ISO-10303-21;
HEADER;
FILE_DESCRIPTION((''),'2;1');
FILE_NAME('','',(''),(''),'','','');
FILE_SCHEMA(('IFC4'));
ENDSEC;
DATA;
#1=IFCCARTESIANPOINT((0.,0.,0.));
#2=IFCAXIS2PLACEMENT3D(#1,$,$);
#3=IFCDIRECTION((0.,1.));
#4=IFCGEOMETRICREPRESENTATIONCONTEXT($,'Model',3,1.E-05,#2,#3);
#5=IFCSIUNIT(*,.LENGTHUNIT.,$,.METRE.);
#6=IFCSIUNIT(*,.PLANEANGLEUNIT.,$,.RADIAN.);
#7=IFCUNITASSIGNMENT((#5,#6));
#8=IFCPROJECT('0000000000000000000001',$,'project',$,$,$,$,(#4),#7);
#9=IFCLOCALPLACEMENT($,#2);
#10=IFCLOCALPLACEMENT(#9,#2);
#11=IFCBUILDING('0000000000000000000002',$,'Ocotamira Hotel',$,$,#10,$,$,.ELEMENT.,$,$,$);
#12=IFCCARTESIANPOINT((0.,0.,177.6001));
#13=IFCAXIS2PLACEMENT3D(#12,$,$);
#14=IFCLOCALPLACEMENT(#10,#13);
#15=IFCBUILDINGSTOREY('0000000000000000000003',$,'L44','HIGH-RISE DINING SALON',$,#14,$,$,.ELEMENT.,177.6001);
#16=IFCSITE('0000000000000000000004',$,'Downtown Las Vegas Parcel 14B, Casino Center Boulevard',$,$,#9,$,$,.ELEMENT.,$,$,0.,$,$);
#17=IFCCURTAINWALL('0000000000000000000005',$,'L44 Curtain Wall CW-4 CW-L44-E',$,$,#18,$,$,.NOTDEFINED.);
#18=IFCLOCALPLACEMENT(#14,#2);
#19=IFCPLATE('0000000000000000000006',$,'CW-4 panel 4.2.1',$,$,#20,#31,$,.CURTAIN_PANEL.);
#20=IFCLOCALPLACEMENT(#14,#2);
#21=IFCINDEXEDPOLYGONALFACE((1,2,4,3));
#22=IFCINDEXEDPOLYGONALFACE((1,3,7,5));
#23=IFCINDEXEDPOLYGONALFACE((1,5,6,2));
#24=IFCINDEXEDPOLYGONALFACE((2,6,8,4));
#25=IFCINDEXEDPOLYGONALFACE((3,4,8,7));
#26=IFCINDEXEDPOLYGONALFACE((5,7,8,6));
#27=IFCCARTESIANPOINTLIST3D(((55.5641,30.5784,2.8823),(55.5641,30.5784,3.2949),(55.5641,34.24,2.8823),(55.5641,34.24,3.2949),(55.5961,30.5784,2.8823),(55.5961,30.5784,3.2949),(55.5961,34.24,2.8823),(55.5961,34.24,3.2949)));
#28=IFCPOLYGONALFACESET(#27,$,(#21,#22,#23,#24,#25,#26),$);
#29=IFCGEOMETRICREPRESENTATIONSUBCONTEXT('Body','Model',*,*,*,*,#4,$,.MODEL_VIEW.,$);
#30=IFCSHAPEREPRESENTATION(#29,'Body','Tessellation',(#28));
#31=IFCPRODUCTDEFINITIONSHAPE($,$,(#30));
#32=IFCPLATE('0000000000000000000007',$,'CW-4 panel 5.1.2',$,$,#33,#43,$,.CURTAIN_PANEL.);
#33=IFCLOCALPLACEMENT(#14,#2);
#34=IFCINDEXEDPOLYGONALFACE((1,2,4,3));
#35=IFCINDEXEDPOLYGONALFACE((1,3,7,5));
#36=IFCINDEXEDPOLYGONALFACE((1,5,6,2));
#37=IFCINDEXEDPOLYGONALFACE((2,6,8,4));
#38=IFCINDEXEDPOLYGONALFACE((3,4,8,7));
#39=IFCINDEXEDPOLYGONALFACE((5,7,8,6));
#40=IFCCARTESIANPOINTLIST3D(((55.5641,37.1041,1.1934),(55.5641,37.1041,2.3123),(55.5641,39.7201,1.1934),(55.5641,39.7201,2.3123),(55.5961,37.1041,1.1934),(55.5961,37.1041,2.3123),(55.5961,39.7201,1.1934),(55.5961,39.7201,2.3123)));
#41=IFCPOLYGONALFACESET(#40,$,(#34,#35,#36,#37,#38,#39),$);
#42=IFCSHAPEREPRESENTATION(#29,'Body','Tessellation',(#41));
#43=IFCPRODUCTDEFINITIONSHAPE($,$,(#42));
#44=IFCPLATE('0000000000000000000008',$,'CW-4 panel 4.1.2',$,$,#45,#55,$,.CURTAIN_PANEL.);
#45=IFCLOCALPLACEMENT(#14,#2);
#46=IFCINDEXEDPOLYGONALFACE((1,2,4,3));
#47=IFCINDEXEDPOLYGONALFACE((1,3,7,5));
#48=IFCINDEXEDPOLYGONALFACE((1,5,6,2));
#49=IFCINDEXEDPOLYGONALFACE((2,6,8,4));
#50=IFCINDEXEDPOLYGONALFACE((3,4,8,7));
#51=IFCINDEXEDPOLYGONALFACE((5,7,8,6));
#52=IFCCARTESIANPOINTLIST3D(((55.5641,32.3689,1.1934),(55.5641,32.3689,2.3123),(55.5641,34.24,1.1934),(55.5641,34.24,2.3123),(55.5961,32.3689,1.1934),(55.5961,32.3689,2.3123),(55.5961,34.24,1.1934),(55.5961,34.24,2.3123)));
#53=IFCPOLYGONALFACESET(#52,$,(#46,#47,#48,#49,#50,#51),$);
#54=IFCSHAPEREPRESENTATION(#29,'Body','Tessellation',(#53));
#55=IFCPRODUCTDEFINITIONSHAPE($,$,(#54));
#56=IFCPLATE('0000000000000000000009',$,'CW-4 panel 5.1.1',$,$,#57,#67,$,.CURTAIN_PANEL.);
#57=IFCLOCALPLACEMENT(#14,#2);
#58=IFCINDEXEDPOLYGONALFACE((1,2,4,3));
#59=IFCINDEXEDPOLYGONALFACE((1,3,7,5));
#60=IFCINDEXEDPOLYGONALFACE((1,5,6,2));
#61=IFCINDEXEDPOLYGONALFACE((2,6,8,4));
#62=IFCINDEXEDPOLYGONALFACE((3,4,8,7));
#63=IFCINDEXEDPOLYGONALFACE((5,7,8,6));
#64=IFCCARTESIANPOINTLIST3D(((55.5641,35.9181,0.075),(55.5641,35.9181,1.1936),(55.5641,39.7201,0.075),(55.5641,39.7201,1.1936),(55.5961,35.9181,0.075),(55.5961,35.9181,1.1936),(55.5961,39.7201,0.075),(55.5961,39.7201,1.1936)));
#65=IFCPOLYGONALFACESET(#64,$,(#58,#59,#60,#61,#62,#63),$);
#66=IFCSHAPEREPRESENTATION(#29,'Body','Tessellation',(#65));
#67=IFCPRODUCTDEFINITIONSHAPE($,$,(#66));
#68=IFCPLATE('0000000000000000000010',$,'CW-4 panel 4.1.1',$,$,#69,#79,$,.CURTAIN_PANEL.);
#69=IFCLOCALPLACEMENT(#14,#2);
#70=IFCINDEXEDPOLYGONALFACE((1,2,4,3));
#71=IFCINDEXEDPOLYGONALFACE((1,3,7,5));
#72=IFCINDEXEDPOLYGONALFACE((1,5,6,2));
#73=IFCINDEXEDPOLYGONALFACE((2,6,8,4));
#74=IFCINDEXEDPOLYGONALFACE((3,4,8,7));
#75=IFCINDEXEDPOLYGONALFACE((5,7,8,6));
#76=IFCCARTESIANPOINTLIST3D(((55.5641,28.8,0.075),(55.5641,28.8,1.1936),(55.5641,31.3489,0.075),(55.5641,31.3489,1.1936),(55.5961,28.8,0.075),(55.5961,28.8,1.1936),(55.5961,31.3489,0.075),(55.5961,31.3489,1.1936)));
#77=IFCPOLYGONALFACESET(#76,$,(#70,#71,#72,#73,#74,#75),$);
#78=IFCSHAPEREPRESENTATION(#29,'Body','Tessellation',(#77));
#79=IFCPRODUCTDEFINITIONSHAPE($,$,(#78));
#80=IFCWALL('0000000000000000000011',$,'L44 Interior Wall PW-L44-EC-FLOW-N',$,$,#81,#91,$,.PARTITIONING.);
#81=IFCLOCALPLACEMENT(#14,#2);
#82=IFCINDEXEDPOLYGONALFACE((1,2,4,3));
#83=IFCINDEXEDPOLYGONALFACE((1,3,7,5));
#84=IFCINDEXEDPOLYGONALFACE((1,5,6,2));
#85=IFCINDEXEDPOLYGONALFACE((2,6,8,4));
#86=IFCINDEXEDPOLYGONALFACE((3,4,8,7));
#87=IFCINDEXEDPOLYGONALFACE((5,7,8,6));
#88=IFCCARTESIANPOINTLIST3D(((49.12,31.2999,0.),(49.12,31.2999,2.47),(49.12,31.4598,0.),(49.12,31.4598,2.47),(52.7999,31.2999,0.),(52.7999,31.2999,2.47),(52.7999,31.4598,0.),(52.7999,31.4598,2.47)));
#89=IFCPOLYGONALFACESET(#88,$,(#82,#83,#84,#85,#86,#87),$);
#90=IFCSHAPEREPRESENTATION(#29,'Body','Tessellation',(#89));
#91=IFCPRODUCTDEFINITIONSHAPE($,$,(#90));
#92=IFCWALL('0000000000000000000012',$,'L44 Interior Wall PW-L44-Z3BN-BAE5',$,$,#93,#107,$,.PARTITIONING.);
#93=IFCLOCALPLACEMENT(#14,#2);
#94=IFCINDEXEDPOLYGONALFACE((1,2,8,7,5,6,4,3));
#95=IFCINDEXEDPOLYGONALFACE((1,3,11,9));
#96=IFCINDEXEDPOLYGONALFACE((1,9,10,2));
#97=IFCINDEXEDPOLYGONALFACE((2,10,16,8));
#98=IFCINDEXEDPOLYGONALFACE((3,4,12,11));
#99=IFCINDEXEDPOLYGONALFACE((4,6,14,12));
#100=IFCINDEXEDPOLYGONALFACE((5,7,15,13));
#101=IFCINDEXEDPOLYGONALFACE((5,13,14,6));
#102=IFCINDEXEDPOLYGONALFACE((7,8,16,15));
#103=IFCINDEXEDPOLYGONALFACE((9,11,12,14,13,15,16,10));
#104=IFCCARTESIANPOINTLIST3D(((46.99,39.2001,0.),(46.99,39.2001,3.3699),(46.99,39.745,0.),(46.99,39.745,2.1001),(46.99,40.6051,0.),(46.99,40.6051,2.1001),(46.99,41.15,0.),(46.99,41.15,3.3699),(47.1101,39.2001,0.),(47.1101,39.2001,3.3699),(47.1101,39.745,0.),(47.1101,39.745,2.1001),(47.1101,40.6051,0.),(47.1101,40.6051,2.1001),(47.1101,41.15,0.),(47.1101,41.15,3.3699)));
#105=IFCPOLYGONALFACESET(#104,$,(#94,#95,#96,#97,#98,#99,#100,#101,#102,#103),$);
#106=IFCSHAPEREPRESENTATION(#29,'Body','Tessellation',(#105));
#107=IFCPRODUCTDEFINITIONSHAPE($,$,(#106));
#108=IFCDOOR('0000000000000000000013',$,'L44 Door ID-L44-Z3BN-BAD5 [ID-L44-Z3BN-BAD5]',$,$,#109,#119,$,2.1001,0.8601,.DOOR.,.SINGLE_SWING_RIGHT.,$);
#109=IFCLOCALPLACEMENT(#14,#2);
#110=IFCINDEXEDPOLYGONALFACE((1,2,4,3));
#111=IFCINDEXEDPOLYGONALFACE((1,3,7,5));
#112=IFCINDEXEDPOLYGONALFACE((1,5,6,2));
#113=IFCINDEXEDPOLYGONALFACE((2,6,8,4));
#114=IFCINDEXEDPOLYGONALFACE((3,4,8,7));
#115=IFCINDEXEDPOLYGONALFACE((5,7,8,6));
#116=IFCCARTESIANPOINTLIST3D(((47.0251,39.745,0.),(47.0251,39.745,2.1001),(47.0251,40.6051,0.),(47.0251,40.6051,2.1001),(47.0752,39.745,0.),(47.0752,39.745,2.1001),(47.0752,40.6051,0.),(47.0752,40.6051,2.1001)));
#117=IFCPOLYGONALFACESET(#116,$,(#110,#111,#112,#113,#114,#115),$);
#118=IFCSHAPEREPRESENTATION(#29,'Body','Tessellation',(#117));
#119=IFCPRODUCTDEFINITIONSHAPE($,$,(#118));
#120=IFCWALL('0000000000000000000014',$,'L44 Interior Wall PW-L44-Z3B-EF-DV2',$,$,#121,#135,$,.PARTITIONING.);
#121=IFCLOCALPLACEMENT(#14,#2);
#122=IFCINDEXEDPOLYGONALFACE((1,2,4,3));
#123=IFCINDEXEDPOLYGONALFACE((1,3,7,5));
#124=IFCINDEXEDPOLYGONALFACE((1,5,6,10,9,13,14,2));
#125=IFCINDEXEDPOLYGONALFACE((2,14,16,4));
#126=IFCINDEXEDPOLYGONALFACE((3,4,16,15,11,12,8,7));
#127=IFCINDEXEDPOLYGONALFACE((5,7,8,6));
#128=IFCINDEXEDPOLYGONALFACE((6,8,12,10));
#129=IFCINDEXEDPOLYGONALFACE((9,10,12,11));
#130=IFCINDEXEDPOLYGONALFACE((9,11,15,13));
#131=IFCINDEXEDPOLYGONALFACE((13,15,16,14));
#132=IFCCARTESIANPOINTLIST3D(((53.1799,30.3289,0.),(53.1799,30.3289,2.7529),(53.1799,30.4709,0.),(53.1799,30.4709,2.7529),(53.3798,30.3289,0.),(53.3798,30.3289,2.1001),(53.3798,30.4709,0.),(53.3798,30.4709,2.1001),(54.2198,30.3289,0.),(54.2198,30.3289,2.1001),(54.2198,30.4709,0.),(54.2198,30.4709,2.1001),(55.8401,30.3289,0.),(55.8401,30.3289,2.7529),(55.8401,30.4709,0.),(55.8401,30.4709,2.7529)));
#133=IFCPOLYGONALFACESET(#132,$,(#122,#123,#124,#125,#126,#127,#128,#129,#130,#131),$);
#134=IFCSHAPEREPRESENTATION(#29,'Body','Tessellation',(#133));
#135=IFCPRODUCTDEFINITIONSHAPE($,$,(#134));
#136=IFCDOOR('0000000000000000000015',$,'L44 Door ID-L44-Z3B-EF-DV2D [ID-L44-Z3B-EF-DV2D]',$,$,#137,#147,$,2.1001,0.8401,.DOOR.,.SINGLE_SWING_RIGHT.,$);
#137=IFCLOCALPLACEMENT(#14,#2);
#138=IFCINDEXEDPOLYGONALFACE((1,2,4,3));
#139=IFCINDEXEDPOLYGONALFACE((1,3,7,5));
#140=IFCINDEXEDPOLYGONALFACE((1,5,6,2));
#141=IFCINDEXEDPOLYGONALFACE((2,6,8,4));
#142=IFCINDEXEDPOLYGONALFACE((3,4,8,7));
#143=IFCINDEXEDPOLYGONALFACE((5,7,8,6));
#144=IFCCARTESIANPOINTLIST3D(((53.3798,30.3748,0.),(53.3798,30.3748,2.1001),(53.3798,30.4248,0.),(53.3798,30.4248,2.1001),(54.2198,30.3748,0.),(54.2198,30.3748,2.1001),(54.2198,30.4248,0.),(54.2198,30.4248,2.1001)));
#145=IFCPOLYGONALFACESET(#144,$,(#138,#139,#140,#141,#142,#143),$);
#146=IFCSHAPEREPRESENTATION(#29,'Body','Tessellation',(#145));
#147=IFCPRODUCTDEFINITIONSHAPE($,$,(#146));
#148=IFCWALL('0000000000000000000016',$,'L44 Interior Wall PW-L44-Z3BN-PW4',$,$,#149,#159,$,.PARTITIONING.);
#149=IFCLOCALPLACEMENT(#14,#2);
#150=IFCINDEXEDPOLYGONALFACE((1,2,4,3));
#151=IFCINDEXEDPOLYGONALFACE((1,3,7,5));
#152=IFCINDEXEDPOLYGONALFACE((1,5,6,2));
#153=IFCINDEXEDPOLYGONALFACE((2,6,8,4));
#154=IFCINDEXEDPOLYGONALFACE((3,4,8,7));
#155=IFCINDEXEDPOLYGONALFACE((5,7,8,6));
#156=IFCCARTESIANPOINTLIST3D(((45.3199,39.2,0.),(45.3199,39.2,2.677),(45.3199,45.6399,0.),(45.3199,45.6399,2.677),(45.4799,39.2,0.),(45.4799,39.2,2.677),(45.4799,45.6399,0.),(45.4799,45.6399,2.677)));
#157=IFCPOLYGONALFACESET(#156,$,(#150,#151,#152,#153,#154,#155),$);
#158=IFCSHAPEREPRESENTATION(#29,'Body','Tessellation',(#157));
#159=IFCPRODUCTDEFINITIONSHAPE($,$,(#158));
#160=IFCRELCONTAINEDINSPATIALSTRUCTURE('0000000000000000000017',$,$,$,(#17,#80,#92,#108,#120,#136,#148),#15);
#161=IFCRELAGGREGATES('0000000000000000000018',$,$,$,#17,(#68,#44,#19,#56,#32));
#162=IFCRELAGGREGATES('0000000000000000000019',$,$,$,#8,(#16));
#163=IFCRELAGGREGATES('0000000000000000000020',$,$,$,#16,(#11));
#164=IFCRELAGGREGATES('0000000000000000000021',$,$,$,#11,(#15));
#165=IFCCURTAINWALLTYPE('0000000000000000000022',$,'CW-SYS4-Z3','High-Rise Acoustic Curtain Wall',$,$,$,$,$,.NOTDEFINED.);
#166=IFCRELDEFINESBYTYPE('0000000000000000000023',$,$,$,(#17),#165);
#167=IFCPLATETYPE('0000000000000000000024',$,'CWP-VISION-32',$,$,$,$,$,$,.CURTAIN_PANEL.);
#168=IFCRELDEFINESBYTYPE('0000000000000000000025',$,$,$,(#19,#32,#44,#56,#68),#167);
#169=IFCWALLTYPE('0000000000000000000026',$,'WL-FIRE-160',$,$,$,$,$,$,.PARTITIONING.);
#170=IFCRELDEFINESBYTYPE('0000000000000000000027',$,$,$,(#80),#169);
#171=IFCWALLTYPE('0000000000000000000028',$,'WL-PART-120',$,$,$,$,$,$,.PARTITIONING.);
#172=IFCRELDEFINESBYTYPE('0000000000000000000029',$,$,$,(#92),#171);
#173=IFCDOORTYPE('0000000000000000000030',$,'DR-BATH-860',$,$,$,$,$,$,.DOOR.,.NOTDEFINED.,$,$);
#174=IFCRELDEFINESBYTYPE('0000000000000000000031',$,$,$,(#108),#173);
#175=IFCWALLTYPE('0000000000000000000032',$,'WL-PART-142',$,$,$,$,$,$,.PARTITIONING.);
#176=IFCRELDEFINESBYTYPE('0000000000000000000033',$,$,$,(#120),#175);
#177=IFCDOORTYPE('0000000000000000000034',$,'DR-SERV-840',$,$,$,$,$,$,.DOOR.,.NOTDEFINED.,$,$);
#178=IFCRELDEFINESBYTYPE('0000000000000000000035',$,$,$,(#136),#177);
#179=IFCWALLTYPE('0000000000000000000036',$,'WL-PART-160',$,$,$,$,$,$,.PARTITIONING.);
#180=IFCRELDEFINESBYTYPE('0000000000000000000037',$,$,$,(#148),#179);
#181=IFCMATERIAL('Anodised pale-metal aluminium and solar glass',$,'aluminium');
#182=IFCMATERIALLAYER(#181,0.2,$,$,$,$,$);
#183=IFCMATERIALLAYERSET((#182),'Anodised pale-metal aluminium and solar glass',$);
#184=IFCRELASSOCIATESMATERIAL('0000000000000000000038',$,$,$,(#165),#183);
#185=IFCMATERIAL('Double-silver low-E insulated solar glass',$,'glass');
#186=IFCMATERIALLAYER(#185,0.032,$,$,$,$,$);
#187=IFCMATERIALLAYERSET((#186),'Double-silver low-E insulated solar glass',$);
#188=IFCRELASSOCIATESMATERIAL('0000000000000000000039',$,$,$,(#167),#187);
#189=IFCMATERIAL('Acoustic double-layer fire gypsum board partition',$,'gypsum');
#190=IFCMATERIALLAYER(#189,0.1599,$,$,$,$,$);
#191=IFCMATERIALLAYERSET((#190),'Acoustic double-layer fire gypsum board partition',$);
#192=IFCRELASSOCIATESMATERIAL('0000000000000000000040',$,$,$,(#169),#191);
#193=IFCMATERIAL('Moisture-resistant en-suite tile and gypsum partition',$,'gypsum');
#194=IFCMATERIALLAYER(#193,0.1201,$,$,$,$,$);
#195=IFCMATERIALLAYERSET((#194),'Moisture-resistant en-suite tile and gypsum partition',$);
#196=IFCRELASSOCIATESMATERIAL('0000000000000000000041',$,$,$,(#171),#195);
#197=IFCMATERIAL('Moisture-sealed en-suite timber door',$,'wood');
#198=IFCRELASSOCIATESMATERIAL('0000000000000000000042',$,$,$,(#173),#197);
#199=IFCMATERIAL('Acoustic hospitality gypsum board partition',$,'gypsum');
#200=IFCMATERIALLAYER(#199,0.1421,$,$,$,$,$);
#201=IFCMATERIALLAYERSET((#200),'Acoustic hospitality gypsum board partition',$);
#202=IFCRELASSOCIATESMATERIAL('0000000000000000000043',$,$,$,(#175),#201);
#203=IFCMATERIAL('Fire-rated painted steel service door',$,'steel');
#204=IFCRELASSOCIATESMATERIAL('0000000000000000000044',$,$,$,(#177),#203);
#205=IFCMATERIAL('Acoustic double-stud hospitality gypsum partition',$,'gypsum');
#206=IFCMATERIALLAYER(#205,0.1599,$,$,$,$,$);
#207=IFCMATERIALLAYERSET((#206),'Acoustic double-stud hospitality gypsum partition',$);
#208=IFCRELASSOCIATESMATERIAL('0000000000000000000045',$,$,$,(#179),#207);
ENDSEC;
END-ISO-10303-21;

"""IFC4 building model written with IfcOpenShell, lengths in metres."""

from ifc_helpers import new_model, si_unit, direction, frame, frame_2d, origin, origin_2d, place, context, subcontext, project, spatial, rectangle, extrude, source, transform, mapped, material, layer, layer_set, type_object, element, fill, aggregate, save


model = new_model("IFC4")

# Units and contexts
model_context = context("Model", 3, precision=1e-05, world=origin(), true_north=direction((0.0, 1.0)))
body_context = subcontext(model_context, "Body", "Model", "MODEL_VIEW")
ifc_project = project(units=[si_unit("LENGTHUNIT", "METRE"), si_unit("PLANEANGLEUNIT", "RADIAN")], contexts=[model_context])

# Site, building, storey
site_placement = place(None, origin())
site = spatial("IfcSite", under=ifc_project, at=site_placement, Name="Downtown Las Vegas Parcel 14B, Casino Center Boulevard", CompositionType="ELEMENT", RefElevation=0.0)
building_placement = place(site_placement, origin())
building = spatial("IfcBuilding", under=site, at=building_placement, Name="Ocotamira Hotel", CompositionType="ELEMENT")
storey_placement = place(building_placement, frame((0.0, 0.0, 177.6001)))
storey = spatial("IfcBuildingStorey", under=building, at=storey_placement, Name="L44", Description="HIGH-RISE DINING SALON", CompositionType="ELEMENT", Elevation=177.6001)

# Curtain wall
ifc_material_1 = material(Name="Anodised pale-metal aluminium and solar glass", Category="aluminium")
ifc_layer_1 = layer(ifc_material_1, 0.2)
ifc_layer_set_1 = layer_set([ifc_layer_1], Name="Anodised pale-metal aluminium and solar glass")
curtain_wall_type = type_object("IfcCurtainWallType", Name="CW-SYS4-Z3", Description="High-Rise Acoustic Curtain Wall", PredefinedType="NOTDEFINED", material=ifc_layer_set_1)
curtain_wall_placement = place(storey_placement, origin())
curtain_wall = element("IfcCurtainWall", 1, at=curtain_wall_placement, inside=storey, type_object=curtain_wall_type, Name="L44 Curtain Wall CW-4 CW-L44-E", PredefinedType="NOTDEFINED")

# Plates
ifc_material_2 = material(Name="Double-silver low-E insulated solar glass", Category="glass")
ifc_layer_2 = layer(ifc_material_2, 0.032)
ifc_layer_set_2 = layer_set([ifc_layer_2], Name="Double-silver low-E insulated solar glass")
plate_type_1 = type_object("IfcPlateType", Name="CWP-VISION-32", PredefinedType="CURTAIN_PANEL", material=ifc_layer_set_2)
shared_shape_1 = source(origin(), body_context, "Body", "SweptSolid", [
    extrude(rectangle(XDim=3.6616, YDim=0.032, at=origin_2d()), origin(), (0.0, 0.0, 1.0), 0.4126),
])
plate_1_placement = place(storey_placement, frame((55.5801, 32.4092, 2.8823), z_axis=(0.0, 0.0, 1.0), x_axis=(0.0, 1.0, 0.0)))
plate_1 = element("IfcPlate", 2, at=plate_1_placement, type_object=plate_type_1, Name="CW-4 panel 4.2.1", PredefinedType="CURTAIN_PANEL", context=body_context, shape_type="MappedRepresentation", body=[
    mapped(shared_shape_1, transform((0.0, 0.0, 0.0), scale=1.0)),
])
shared_shape_2 = source(origin(), body_context, "Body", "SweptSolid", [
    extrude(rectangle(XDim=2.616, YDim=0.032, at=origin_2d()), origin(), (0.0, 0.0, 1.0), 1.1189),
])
plate_2_placement = place(storey_placement, frame((55.5801, 38.4121, 1.1934), z_axis=(0.0, 0.0, 1.0), x_axis=(0.0, 1.0, 0.0)))
plate_2 = element("IfcPlate", 3, at=plate_2_placement, type_object=plate_type_1, Name="CW-4 panel 5.1.2", PredefinedType="CURTAIN_PANEL", context=body_context, shape_type="MappedRepresentation", body=[
    mapped(shared_shape_2, transform((0.0, 0.0, 0.0), scale=1.0)),
])
shared_shape_3 = source(origin(), body_context, "Body", "SweptSolid", [
    extrude(rectangle(XDim=1.8711, YDim=0.032, at=origin_2d()), origin(), (0.0, 0.0, 1.0), 1.1189),
])
plate_3_placement = place(storey_placement, frame((55.5801, 33.3044, 1.1934), z_axis=(0.0, 0.0, 1.0), x_axis=(0.0, 1.0, 0.0)))
plate_3 = element("IfcPlate", 4, at=plate_3_placement, type_object=plate_type_1, Name="CW-4 panel 4.1.2", PredefinedType="CURTAIN_PANEL", context=body_context, shape_type="MappedRepresentation", body=[
    mapped(shared_shape_3, transform((0.0, 0.0, 0.0), scale=1.0)),
])
shared_shape_4 = source(origin(), body_context, "Body", "SweptSolid", [
    extrude(rectangle(XDim=3.802, YDim=0.032, at=origin_2d()), origin(), (0.0, 0.0, 1.0), 1.1187),
])
plate_4_placement = place(storey_placement, frame((55.5801, 37.8191, 0.075), z_axis=(0.0, 0.0, 1.0), x_axis=(0.0, 1.0, 0.0)))
plate_4 = element("IfcPlate", 5, at=plate_4_placement, type_object=plate_type_1, Name="CW-4 panel 5.1.1", PredefinedType="CURTAIN_PANEL", context=body_context, shape_type="MappedRepresentation", body=[
    mapped(shared_shape_4, transform((0.0, 0.0, 0.0), scale=1.0)),
])
shared_shape_5 = source(origin(), body_context, "Body", "SweptSolid", [
    extrude(rectangle(XDim=2.5488, YDim=0.032, at=origin_2d()), origin(), (0.0, 0.0, 1.0), 1.1187),
])
plate_5_placement = place(storey_placement, frame((55.5801, 30.0745, 0.075), z_axis=(0.0, 0.0, 1.0), x_axis=(0.0, 1.0, 0.0)))
plate_5 = element("IfcPlate", 6, at=plate_5_placement, type_object=plate_type_1, Name="CW-4 panel 4.1.1", PredefinedType="CURTAIN_PANEL", context=body_context, shape_type="MappedRepresentation", body=[
    mapped(shared_shape_5, transform((0.0, 0.0, 0.0), scale=1.0)),
])
aggregate(curtain_wall, [plate_5, plate_3, plate_1, plate_4, plate_2])

# Wall
ifc_material_3 = material(Name="Acoustic double-layer fire gypsum board partition", Category="gypsum")
ifc_layer_3 = layer(ifc_material_3, 0.1599)
ifc_layer_set_3 = layer_set([ifc_layer_3], Name="Acoustic double-layer fire gypsum board partition")
wall_type_1 = type_object("IfcWallType", Name="WL-FIRE-160", PredefinedType="PARTITIONING", material=ifc_layer_set_3)
wall_1_placement = place(storey_placement, frame((49.1201, 31.3799, 0.0), z_axis=(0.0, 0.0, 1.0), x_axis=(1.0, 0.0, 0.0)))
element("IfcWall", 7, at=wall_1_placement, inside=storey, type_object=wall_type_1, Name="L44 Interior Wall PW-L44-EC-FLOW-N", PredefinedType="PARTITIONING", context=body_context, shape_type="SweptSolid", body=[
    extrude(rectangle(XDim=3.6799, YDim=0.1599, at=frame_2d((1.8398, 0.0))), origin(), (0.0, 0.0, 1.0), 2.47),
])

# Walls, openings, doors
ifc_material_4 = material(Name="Moisture-resistant en-suite tile and gypsum partition", Category="gypsum")
ifc_layer_4 = layer(ifc_material_4, 0.1201)
ifc_layer_set_4 = layer_set([ifc_layer_4], Name="Moisture-resistant en-suite tile and gypsum partition")
wall_type_2 = type_object("IfcWallType", Name="WL-PART-120", PredefinedType="PARTITIONING", material=ifc_layer_set_4)
wall_2_placement = place(storey_placement, frame((47.05, 39.2, 0.0), z_axis=(0.0, 0.0, 1.0), x_axis=(0.0, 1.0, 0.0)))
wall_2 = element("IfcWall", 8, at=wall_2_placement, inside=storey, type_object=wall_type_2, Name="L44 Interior Wall PW-L44-Z3BN-BAE5", PredefinedType="PARTITIONING", context=body_context, shape_type="SweptSolid", body=[
    extrude(rectangle(XDim=1.95, YDim=0.1201, at=frame_2d((0.9751, 0.0))), origin(), (0.0, 0.0, 1.0), 3.3699),
])
opening_1_placement = place(wall_2_placement, frame((0.5449, 0.0, 0.0)))
opening_1 = element("IfcOpeningElement", 9, at=opening_1_placement, cuts=wall_2, PredefinedType="OPENING", context=body_context, shape_type="SweptSolid", body=[
    extrude(rectangle(XDim=0.8601, YDim=2.1001, at=frame_2d((0.4302, 1.05))), frame((0.0, 0.0701, 0.0), z_axis=(0.0, -1.0, 0.0), x_axis=(1.0, 0.0, 0.0)), (0.0, 0.0, 1.0), 0.1401),
])
ifc_material_5 = material(Name="Moisture-sealed en-suite timber door", Category="wood")
door_type_1 = type_object("IfcDoorType", Name="DR-BATH-860", OperationType="NOTDEFINED", PredefinedType="DOOR", material=ifc_material_5)
shared_shape_6 = source(origin(), body_context, "Body", "SweptSolid", [
    extrude(rectangle(XDim=0.8601, YDim=2.1001, at=frame_2d((0.4302, 1.05))), frame((0.0, 0.0249, 0.0), z_axis=(0.0, -1.0, 0.0), x_axis=(1.0, 0.0, 0.0)), (0.0, 0.0, 1.0), 0.05),
])
door_1_placement = place(opening_1_placement, origin())
door_1 = element("IfcDoor", 10, at=door_1_placement, inside=storey, type_object=door_type_1, Name="L44 Door ID-L44-Z3BN-BAD5 [ID-L44-Z3BN-BAD5]", OperationType="SINGLE_SWING_RIGHT", OverallHeight=2.1001, OverallWidth=0.8601, PredefinedType="DOOR", context=body_context, shape_type="MappedRepresentation", body=[
    mapped(shared_shape_6, transform((0.0, 0.0, 0.0), scale=1.0)),
])
fill(opening_1, door_1)
ifc_material_6 = material(Name="Acoustic hospitality gypsum board partition", Category="gypsum")
ifc_layer_5 = layer(ifc_material_6, 0.1421)
ifc_layer_set_5 = layer_set([ifc_layer_5], Name="Acoustic hospitality gypsum board partition")
wall_type_3 = type_object("IfcWallType", Name="WL-PART-142", PredefinedType="PARTITIONING", material=ifc_layer_set_5)
wall_3_placement = place(storey_placement, frame((53.1799, 30.3999, 0.0), z_axis=(0.0, 0.0, 1.0), x_axis=(1.0, 0.0, 0.0)))
wall_3 = element("IfcWall", 11, at=wall_3_placement, inside=storey, type_object=wall_type_3, Name="L44 Interior Wall PW-L44-Z3B-EF-DV2", PredefinedType="PARTITIONING", context=body_context, shape_type="SweptSolid", body=[
    extrude(rectangle(XDim=2.6602, YDim=0.1421, at=frame_2d((1.3301, 0.0))), origin(), (0.0, 0.0, 1.0), 2.7529),
])
opening_2_placement = place(wall_3_placement, frame((0.2, 0.0, 0.0)))
opening_2 = element("IfcOpeningElement", 12, at=opening_2_placement, cuts=wall_3, PredefinedType="OPENING", context=body_context, shape_type="SweptSolid", body=[
    extrude(rectangle(XDim=0.8401, YDim=2.1001, at=frame_2d((0.4199, 1.05))), frame((0.0, 0.0811, 0.0), z_axis=(0.0, -1.0, 0.0), x_axis=(1.0, 0.0, 0.0)), (0.0, 0.0, 1.0), 0.1621),
])
ifc_material_7 = material(Name="Fire-rated painted steel service door", Category="steel")
door_type_2 = type_object("IfcDoorType", Name="DR-SERV-840", OperationType="NOTDEFINED", PredefinedType="DOOR", material=ifc_material_7)
shared_shape_7 = source(origin(), body_context, "Body", "SweptSolid", [
    extrude(rectangle(XDim=0.8401, YDim=2.1001, at=frame_2d((0.4199, 1.05))), frame((0.0, 0.0249, 0.0), z_axis=(0.0, -1.0, 0.0), x_axis=(1.0, 0.0, 0.0)), (0.0, 0.0, 1.0), 0.05),
])
door_2_placement = place(opening_2_placement, origin())
door_2 = element("IfcDoor", 13, at=door_2_placement, inside=storey, type_object=door_type_2, Name="L44 Door ID-L44-Z3B-EF-DV2D [ID-L44-Z3B-EF-DV2D]", OperationType="SINGLE_SWING_RIGHT", OverallHeight=2.1001, OverallWidth=0.8401, PredefinedType="DOOR", context=body_context, shape_type="MappedRepresentation", body=[
    mapped(shared_shape_7, transform((0.0, 0.0, 0.0), scale=1.0)),
])
fill(opening_2, door_2)

# Wall
ifc_material_8 = material(Name="Acoustic double-stud hospitality gypsum partition", Category="gypsum")
ifc_layer_6 = layer(ifc_material_8, 0.1599)
ifc_layer_set_6 = layer_set([ifc_layer_6], Name="Acoustic double-stud hospitality gypsum partition")
wall_type_4 = type_object("IfcWallType", Name="WL-PART-160", PredefinedType="PARTITIONING", material=ifc_layer_set_6)
wall_4_placement = place(storey_placement, frame((45.3999, 39.2, 0.0), z_axis=(0.0, 0.0, 1.0), x_axis=(0.0, 1.0, 0.0)))
element("IfcWall", 14, at=wall_4_placement, inside=storey, type_object=wall_type_4, Name="L44 Interior Wall PW-L44-Z3BN-PW4", PredefinedType="PARTITIONING", context=body_context, shape_type="SweptSolid", body=[
    extrude(rectangle(XDim=6.4399, YDim=0.1599, at=frame_2d((3.22, 0.0))), origin(), (0.0, 0.0, 1.0), 2.677),
])

save(model, "model.ifc")
